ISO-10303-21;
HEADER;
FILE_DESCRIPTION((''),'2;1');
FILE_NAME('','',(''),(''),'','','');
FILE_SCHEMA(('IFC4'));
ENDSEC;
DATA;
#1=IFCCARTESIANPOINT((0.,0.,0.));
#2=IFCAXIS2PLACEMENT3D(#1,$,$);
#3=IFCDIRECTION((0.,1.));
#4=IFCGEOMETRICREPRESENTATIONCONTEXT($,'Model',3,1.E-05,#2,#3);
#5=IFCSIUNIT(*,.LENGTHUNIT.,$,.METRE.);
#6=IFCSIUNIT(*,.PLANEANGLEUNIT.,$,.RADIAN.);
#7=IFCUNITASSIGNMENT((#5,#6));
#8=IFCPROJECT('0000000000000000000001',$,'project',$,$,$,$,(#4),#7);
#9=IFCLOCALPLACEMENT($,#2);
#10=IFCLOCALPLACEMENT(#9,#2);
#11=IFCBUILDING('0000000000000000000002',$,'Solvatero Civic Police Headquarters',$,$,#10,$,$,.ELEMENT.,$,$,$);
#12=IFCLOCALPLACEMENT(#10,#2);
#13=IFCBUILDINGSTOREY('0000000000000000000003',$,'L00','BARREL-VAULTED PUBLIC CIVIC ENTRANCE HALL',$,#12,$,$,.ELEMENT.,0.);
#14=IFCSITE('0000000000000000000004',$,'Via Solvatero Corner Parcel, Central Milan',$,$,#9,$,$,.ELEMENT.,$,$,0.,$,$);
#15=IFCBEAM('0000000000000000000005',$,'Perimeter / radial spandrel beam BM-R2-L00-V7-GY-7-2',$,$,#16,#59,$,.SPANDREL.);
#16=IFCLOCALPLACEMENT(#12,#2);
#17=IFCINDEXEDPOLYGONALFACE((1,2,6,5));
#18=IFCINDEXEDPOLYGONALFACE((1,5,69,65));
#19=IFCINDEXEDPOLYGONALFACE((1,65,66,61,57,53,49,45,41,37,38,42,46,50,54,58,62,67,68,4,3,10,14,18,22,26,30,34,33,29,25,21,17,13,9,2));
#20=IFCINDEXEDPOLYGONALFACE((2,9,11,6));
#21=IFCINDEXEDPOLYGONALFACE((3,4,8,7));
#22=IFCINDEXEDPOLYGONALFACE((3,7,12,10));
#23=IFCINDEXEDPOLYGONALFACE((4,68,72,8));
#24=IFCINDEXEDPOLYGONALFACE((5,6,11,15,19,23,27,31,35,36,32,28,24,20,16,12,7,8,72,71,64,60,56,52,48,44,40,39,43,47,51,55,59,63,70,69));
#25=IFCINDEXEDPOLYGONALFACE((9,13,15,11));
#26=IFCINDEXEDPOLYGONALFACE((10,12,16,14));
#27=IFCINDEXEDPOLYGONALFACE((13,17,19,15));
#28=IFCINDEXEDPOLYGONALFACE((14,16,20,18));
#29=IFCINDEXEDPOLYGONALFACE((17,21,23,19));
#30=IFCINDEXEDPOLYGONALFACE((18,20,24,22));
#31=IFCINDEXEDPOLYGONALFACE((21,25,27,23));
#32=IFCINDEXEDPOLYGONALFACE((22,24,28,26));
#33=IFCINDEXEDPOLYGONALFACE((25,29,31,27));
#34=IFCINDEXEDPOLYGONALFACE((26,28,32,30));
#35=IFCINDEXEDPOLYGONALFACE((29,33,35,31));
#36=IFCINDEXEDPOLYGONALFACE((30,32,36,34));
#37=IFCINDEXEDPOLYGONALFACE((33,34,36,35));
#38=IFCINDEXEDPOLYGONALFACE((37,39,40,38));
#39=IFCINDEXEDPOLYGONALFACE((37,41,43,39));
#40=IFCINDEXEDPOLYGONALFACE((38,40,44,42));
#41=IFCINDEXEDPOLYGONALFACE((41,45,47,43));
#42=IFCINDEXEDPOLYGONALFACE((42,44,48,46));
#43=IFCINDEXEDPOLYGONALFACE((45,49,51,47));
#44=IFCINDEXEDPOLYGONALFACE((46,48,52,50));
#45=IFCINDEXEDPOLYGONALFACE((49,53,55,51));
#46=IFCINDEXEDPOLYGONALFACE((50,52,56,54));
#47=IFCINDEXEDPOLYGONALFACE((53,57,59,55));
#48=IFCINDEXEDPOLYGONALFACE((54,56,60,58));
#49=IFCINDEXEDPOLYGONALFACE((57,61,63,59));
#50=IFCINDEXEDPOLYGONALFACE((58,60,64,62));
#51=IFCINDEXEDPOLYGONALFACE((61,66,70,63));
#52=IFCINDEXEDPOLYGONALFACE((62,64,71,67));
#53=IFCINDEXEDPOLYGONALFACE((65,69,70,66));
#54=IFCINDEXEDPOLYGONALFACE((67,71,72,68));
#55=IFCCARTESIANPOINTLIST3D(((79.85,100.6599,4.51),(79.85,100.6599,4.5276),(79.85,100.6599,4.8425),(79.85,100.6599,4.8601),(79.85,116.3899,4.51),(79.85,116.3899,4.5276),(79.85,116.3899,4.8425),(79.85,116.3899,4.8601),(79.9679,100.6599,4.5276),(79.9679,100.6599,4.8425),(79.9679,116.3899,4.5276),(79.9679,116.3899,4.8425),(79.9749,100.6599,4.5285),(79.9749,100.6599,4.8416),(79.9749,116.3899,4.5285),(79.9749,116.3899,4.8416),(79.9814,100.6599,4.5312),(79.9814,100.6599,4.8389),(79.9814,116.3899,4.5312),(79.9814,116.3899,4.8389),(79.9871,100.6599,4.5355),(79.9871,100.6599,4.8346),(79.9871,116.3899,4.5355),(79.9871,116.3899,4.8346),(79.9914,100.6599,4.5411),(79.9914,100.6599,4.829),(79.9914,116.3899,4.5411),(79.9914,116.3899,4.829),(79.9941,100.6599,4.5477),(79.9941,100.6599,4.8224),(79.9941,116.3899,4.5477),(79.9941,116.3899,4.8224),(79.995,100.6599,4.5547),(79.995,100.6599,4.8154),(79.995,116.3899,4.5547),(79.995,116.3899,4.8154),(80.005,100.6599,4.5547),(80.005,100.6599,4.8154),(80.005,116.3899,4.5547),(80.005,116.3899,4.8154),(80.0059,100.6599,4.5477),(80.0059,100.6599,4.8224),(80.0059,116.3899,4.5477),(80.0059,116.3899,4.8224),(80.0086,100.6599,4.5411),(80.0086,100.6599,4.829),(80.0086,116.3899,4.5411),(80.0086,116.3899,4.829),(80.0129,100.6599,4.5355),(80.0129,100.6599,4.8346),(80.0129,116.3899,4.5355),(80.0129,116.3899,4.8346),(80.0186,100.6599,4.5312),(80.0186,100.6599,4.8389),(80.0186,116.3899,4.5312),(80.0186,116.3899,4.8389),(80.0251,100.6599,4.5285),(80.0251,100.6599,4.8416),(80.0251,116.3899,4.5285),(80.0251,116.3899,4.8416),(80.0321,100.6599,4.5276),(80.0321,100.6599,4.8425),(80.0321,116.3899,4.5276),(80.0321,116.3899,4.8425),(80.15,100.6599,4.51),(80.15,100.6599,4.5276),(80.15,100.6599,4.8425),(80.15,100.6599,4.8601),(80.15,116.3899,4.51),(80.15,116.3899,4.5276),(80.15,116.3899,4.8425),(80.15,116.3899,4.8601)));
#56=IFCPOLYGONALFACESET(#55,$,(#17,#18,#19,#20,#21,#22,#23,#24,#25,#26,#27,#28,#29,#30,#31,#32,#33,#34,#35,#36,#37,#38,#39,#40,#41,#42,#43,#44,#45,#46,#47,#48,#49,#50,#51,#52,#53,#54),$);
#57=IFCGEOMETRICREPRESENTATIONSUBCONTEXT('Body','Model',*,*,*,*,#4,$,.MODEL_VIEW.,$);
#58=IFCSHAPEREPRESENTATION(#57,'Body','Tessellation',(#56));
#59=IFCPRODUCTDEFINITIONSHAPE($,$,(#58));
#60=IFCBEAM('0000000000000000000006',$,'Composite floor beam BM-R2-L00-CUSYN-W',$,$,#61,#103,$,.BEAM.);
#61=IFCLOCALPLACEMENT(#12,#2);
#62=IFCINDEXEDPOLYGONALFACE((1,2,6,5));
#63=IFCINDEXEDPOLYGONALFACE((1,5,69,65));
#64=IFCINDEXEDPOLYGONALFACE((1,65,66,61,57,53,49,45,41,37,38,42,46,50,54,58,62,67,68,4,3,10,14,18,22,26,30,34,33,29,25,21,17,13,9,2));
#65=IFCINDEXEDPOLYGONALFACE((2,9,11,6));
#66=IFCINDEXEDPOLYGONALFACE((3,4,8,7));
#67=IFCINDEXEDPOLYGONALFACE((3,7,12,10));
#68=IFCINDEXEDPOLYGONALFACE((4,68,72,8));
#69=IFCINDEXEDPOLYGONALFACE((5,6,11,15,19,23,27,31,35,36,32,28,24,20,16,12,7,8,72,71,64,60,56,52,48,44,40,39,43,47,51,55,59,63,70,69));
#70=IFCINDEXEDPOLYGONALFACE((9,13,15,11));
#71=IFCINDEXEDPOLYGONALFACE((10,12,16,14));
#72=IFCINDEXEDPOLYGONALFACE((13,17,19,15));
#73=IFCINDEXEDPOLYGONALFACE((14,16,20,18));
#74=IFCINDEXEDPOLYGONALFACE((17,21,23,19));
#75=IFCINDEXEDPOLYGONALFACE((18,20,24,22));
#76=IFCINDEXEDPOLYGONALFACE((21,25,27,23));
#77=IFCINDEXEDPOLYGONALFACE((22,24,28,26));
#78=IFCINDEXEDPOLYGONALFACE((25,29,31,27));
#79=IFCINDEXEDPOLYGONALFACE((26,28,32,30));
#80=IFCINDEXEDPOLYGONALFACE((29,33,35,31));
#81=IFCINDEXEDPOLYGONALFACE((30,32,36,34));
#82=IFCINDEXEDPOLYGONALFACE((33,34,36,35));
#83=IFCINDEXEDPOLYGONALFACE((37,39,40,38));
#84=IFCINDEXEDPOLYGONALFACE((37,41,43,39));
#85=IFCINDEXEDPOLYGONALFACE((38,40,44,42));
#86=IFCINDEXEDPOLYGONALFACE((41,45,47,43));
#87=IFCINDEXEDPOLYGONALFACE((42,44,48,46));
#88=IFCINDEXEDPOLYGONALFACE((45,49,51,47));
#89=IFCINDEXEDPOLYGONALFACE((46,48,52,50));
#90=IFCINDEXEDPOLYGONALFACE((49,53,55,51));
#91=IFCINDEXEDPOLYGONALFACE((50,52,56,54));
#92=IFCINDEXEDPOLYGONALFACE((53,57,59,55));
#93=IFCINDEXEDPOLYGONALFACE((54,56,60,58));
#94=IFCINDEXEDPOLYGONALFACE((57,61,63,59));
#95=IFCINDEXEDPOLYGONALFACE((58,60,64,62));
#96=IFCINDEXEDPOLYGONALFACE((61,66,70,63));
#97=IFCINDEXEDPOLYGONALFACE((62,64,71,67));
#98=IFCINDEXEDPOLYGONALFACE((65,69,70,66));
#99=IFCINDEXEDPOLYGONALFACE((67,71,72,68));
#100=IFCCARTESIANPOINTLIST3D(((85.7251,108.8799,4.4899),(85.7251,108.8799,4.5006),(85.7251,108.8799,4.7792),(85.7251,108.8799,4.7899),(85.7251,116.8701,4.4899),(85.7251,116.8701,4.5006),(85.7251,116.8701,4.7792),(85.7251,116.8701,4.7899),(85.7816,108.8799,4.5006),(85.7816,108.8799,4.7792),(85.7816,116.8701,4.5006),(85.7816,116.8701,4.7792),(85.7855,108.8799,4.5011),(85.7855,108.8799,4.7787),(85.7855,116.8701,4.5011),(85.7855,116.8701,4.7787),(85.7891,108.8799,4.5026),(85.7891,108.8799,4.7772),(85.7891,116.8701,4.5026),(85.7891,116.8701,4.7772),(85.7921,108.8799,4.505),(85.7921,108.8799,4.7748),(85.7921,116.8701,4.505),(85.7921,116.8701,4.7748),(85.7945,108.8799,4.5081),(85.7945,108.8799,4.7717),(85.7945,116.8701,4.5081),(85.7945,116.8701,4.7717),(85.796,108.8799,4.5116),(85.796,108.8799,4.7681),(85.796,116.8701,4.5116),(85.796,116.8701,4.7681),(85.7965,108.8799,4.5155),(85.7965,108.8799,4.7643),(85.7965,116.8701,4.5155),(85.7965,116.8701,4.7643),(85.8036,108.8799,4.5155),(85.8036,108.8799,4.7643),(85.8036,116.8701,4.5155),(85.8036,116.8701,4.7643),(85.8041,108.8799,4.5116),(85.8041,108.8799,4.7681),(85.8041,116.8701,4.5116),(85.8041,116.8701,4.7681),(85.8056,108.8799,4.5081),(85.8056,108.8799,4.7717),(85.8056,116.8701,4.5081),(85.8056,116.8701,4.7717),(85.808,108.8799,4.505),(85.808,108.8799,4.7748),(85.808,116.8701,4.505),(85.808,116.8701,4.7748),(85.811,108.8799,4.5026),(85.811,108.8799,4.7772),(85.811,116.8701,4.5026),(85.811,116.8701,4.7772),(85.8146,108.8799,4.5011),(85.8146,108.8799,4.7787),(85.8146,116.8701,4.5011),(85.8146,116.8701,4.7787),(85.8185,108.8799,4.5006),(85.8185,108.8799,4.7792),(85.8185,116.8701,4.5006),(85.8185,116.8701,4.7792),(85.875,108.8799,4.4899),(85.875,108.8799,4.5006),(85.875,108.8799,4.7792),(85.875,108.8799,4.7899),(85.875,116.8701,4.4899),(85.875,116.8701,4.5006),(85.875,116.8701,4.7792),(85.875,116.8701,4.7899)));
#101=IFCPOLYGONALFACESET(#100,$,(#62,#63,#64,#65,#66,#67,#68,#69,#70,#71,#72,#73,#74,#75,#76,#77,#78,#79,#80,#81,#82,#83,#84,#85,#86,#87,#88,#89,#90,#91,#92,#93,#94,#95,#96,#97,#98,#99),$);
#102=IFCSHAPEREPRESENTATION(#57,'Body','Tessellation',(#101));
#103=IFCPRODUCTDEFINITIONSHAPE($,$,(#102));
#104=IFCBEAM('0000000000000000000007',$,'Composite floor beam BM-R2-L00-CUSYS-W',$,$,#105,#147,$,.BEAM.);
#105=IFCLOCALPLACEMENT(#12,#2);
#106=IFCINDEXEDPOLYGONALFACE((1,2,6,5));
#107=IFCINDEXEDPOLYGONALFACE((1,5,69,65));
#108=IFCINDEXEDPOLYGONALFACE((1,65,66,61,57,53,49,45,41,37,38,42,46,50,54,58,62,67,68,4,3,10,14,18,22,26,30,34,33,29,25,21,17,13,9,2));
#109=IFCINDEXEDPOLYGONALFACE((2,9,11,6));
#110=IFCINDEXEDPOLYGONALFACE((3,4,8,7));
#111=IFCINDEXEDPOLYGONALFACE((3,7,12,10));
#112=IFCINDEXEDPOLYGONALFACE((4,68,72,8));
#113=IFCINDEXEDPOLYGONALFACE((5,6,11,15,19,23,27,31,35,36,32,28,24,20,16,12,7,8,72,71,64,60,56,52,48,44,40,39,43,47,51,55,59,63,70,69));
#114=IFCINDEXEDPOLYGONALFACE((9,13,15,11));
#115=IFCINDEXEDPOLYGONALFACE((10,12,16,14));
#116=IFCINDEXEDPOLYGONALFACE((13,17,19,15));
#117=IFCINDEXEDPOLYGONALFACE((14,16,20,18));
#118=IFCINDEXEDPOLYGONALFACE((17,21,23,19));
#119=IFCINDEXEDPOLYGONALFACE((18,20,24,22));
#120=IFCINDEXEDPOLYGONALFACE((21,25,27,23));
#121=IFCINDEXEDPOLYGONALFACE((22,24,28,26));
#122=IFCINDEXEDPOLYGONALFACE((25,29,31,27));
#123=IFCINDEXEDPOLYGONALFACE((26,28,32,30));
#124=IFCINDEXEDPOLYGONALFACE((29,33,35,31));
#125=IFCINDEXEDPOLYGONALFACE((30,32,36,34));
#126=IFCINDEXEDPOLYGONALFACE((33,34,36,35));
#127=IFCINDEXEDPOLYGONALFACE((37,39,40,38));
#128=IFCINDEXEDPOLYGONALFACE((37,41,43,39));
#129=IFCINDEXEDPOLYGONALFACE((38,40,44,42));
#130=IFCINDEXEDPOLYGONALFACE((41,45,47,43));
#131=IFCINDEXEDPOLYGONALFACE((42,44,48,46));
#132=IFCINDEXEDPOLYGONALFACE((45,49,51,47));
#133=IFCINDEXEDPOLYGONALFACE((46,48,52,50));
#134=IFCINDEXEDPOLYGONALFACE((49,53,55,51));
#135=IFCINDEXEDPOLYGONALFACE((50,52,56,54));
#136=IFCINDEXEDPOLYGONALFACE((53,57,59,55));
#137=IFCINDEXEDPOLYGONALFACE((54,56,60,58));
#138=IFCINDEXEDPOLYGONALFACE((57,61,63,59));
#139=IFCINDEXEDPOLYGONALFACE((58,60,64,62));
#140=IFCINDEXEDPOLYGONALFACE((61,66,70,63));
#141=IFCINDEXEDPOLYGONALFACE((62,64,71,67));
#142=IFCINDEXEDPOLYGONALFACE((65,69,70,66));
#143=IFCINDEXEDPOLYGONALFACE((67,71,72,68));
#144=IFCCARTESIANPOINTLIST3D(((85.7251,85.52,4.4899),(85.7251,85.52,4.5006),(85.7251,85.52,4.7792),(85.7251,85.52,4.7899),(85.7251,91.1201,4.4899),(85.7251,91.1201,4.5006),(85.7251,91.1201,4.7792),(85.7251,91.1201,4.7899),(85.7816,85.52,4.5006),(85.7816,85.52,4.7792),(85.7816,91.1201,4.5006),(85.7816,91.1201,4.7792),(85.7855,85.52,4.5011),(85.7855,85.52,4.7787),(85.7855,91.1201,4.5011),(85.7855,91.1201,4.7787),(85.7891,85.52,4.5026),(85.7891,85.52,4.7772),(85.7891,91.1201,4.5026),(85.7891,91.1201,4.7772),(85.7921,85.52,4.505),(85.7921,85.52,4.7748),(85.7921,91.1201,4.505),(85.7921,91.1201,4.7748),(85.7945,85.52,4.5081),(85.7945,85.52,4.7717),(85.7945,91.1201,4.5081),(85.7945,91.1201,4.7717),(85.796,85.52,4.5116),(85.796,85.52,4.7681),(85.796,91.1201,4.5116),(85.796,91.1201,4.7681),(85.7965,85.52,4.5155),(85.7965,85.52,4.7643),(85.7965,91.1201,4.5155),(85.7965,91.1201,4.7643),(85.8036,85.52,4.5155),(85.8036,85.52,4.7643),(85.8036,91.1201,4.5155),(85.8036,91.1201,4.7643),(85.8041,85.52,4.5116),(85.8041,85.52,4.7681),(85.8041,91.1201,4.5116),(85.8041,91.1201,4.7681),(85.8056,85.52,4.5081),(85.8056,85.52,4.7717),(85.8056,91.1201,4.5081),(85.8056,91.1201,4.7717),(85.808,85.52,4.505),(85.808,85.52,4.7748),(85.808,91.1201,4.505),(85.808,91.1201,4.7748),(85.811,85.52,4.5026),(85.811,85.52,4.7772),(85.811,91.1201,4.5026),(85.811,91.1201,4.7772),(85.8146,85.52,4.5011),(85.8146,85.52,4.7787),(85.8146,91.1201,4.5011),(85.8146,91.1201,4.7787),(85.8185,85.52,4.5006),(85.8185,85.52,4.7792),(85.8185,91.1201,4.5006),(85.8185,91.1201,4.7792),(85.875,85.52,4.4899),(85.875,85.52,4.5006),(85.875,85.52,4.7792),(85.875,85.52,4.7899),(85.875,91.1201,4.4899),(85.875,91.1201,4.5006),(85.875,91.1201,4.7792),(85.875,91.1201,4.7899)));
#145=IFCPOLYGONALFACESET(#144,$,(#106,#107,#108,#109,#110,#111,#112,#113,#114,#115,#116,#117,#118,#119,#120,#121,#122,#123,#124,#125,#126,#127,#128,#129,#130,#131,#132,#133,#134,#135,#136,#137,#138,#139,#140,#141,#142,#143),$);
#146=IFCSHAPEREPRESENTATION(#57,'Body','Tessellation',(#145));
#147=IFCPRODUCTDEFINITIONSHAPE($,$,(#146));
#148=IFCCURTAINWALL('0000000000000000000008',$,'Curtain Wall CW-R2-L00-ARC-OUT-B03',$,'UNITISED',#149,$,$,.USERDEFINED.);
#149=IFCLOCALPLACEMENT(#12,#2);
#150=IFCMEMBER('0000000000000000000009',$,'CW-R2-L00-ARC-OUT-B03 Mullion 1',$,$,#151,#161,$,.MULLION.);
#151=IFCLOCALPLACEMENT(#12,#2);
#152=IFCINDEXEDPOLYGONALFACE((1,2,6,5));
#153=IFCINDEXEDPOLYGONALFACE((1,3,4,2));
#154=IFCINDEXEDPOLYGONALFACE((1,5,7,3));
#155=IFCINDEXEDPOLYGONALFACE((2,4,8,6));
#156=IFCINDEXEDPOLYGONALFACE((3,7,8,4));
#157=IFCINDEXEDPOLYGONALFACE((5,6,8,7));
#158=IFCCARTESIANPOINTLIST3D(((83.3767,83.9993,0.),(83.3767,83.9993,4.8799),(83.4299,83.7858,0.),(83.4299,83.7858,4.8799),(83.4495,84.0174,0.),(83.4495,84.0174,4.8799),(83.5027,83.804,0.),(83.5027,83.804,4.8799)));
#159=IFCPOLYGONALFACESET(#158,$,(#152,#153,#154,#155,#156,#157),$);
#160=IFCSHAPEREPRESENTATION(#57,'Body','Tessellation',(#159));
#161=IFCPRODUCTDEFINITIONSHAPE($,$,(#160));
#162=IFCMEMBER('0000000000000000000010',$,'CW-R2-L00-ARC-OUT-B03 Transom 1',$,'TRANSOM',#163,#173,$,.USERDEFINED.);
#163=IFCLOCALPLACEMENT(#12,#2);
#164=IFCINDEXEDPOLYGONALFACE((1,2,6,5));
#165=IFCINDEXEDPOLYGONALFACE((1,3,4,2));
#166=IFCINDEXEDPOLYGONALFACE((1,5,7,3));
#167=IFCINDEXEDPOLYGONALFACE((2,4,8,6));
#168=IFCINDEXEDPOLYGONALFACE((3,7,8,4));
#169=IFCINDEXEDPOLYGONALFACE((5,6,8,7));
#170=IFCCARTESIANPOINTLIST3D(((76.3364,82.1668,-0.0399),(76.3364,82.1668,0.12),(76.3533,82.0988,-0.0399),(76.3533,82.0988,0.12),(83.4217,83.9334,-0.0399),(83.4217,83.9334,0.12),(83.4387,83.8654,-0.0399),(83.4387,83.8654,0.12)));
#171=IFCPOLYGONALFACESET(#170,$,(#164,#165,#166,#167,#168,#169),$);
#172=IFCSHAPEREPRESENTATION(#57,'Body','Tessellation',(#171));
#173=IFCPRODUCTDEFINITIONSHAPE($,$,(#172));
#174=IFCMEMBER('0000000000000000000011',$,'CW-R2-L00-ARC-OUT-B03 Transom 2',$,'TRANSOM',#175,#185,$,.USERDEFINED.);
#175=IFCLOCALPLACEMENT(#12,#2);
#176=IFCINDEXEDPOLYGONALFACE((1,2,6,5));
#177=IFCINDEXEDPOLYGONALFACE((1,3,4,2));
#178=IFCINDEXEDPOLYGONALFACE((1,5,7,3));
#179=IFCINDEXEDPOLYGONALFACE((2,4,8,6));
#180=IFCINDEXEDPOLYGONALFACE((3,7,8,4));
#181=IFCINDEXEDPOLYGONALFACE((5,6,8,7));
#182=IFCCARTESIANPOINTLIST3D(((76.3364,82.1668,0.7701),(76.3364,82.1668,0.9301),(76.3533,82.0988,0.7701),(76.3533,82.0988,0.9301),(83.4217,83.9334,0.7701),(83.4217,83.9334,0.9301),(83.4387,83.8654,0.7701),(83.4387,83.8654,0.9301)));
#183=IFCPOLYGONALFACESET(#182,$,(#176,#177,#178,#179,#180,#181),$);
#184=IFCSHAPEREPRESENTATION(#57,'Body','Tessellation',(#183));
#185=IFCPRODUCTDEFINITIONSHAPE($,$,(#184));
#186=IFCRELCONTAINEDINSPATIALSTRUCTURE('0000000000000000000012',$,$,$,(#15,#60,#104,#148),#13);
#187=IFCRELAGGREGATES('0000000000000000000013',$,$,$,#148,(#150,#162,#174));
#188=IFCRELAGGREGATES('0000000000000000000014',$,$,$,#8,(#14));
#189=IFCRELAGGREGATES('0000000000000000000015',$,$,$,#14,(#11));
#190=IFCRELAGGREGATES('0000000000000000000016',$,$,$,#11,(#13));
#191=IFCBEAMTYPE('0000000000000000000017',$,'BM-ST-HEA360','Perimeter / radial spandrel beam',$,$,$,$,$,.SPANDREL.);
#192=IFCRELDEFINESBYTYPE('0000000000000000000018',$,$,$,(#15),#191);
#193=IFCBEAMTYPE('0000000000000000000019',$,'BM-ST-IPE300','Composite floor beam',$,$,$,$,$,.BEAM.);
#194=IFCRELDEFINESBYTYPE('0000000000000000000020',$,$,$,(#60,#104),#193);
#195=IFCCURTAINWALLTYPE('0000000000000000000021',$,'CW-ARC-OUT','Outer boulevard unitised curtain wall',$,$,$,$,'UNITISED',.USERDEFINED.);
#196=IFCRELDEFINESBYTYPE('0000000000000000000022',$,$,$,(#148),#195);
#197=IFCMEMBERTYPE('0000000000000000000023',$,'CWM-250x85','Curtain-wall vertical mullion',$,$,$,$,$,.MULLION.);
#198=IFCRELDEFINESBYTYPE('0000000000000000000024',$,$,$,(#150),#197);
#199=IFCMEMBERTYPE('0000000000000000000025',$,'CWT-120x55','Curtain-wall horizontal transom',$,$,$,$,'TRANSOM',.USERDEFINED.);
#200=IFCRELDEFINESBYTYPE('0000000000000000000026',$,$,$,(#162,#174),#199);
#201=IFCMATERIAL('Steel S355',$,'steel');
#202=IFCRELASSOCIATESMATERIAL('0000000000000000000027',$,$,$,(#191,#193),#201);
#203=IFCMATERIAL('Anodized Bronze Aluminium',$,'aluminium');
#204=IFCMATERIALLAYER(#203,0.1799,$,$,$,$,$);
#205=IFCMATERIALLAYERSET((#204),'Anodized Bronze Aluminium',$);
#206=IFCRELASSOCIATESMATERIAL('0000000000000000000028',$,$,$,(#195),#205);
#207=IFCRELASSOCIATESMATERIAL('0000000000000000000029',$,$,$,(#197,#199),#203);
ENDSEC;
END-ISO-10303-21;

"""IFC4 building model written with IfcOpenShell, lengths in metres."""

from ifc_helpers import new_model, si_unit, direction, frame, origin, origin_2d, place, context, subcontext, project, spatial, rectangle, i_section, extrude, material, layer, layer_set, material_profile, profile_set, type_object, element, aggregate, save


model = new_model("IFC4")

# Units and contexts
model_context = context("Model", 3, precision=1e-05, world=origin(), true_north=direction((0.0, 1.0)))
body_context = subcontext(model_context, "Body", "Model", "MODEL_VIEW")
ifc_project = project(units=[si_unit("LENGTHUNIT", "METRE"), si_unit("PLANEANGLEUNIT", "RADIAN")], contexts=[model_context])

# Site, building, storey
site_placement = place(None, origin())
site = spatial("IfcSite", under=ifc_project, at=site_placement, Name="Via Solvatero Corner Parcel, Central Milan", CompositionType="ELEMENT", RefElevation=0.0)
building_placement = place(site_placement, origin())
building = spatial("IfcBuilding", under=site, at=building_placement, Name="Solvatero Civic Police Headquarters", CompositionType="ELEMENT")
storey_placement = place(building_placement, origin())
storey = spatial("IfcBuildingStorey", under=building, at=storey_placement, Name="L00", Description="BARREL-VAULTED PUBLIC CIVIC ENTRANCE HALL", CompositionType="ELEMENT", Elevation=0.0)

# Beams
ifc_material_1 = material(Name="Steel S355", Category="steel")
ifc_material_profile_1 = material_profile(ifc_material_1, i_section(OverallWidth=0.3, OverallDepth=0.3501, WebThickness=0.01, FlangeThickness=0.0176, FilletRadius=0.0271, at=origin_2d()), Name="HEA 360")
ifc_profile_set_1 = profile_set([ifc_material_profile_1], Name="Steel S355")
beam_type_1 = type_object("IfcBeamType", Name="BM-ST-HEA360", Description="Perimeter / radial spandrel beam", PredefinedType="SPANDREL", material=ifc_profile_set_1)
beam_1_placement = place(storey_placement, frame((80.0, 100.6599, 4.6851), z_axis=(0.0, 1.0, 0.0), x_axis=(-1.0, 0.0, 0.0)))
element("IfcBeam", 1, at=beam_1_placement, inside=storey, type_object=beam_type_1, Name="Perimeter / radial spandrel beam BM-R2-L00-V7-GY-7-2", PredefinedType="SPANDREL", context=body_context, shape_type="SweptSolid", body=[
    extrude(i_section(OverallWidth=0.3, OverallDepth=0.3501, WebThickness=0.01, FlangeThickness=0.0176, FilletRadius=0.0271, at=origin_2d()), origin(), (0.0, 0.0, 1.0), 15.73),
])
ifc_material_profile_2 = material_profile(ifc_material_1, i_section(OverallWidth=0.1499, OverallDepth=0.3, WebThickness=0.0071, FlangeThickness=0.0107, FilletRadius=0.0149, at=origin_2d()), Name="IPE 300")
ifc_profile_set_2 = profile_set([ifc_material_profile_2], Name="Steel S355")
beam_type_2 = type_object("IfcBeamType", Name="BM-ST-IPE300", Description="Composite floor beam", PredefinedType="BEAM", material=ifc_profile_set_2)
beam_2_placement = place(storey_placement, frame((85.8, 108.8799, 4.6399), z_axis=(0.0, 1.0, 0.0), x_axis=(-1.0, 0.0, 0.0)))
element("IfcBeam", 2, at=beam_2_placement, inside=storey, type_object=beam_type_2, Name="Composite floor beam BM-R2-L00-CUSYN-W", PredefinedType="BEAM", context=body_context, shape_type="SweptSolid", body=[
    extrude(i_section(OverallWidth=0.1499, OverallDepth=0.3, WebThickness=0.0071, FlangeThickness=0.0107, FilletRadius=0.0149, at=origin_2d()), origin(), (0.0, 0.0, 1.0), 7.9902),
])
beam_3_placement = place(storey_placement, frame((85.8, 85.52, 4.6399), z_axis=(0.0, 1.0, 0.0), x_axis=(-1.0, 0.0, 0.0)))
element("IfcBeam", 3, at=beam_3_placement, inside=storey, type_object=beam_type_2, Name="Composite floor beam BM-R2-L00-CUSYS-W", PredefinedType="BEAM", context=body_context, shape_type="SweptSolid", body=[
    extrude(i_section(OverallWidth=0.1499, OverallDepth=0.3, WebThickness=0.0071, FlangeThickness=0.0107, FilletRadius=0.0149, at=origin_2d()), origin(), (0.0, 0.0, 1.0), 5.6001),
])

# Curtain wall, members
ifc_material_2 = material(Name="Anodized Bronze Aluminium", Category="aluminium")
ifc_layer_1 = layer(ifc_material_2, 0.1799)
ifc_layer_set_1 = layer_set([ifc_layer_1], Name="Anodized Bronze Aluminium")
curtain_wall_type = type_object("IfcCurtainWallType", Name="CW-ARC-OUT", Description="Outer boulevard unitised curtain wall", ElementType="UNITISED", PredefinedType="USERDEFINED", material=ifc_layer_set_1)
curtain_wall_placement = place(storey_placement, origin())
curtain_wall = element("IfcCurtainWall", 4, at=curtain_wall_placement, inside=storey, type_object=curtain_wall_type, Name="Curtain Wall CW-R2-L00-ARC-OUT-B03", ObjectType="UNITISED", PredefinedType="USERDEFINED")
ifc_material_profile_3 = material_profile(ifc_material_2, rectangle(XDim=0.075, YDim=0.22, at=origin_2d()), Name="ALU MULLION 75x220")
ifc_profile_set_3 = profile_set([ifc_material_profile_3], Name="Anodized Bronze Aluminium")
member_type_1 = type_object("IfcMemberType", Name="CWM-250x85", Description="Curtain-wall vertical mullion", PredefinedType="MULLION", material=ifc_profile_set_3)
member_1_placement = place(storey_placement, frame((83.4397, 83.9016, 0.0), z_axis=(0.0, 0.0, 1.0), x_axis=(-0.970296, -0.241922, 0.0)))
member_1 = element("IfcMember", 5, at=member_1_placement, type_object=member_type_1, Name="CW-R2-L00-ARC-OUT-B03 Mullion 1", PredefinedType="MULLION", context=body_context, shape_type="SweptSolid", body=[
    extrude(rectangle(XDim=0.075, YDim=0.22, at=origin_2d()), origin(), (0.0, 0.0, 1.0), 4.8799),
])
ifc_material_profile_4 = material_profile(ifc_material_2, rectangle(XDim=0.0701, YDim=0.1599, at=origin_2d()), Name="ALU TRANSOM 70x160")
ifc_profile_set_4 = profile_set([ifc_material_profile_4], Name="Anodized Bronze Aluminium")
member_type_2 = type_object("IfcMemberType", Name="CWT-120x55", Description="Curtain-wall horizontal transom", ElementType="TRANSOM", PredefinedType="USERDEFINED", material=ifc_profile_set_4)
member_2_placement = place(storey_placement, frame((83.4302, 83.8994, 0.04), z_axis=(-0.970296, -0.241922, 0.0), x_axis=(0.241922, -0.970296, 0.0)))
member_2 = element("IfcMember", 6, at=member_2_placement, type_object=member_type_2, Name="CW-R2-L00-ARC-OUT-B03 Transom 1", ObjectType="TRANSOM", PredefinedType="USERDEFINED", context=body_context, shape_type="SweptSolid", body=[
    extrude(rectangle(XDim=0.0701, YDim=0.1599, at=origin_2d()), origin(), (0.0, 0.0, 1.0), 7.3022),
])
member_3_placement = place(storey_placement, frame((83.4302, 83.8994, 0.8501), z_axis=(-0.970296, -0.241922, 0.0), x_axis=(0.241922, -0.970296, 0.0)))
member_3 = element("IfcMember", 7, at=member_3_placement, type_object=member_type_2, Name="CW-R2-L00-ARC-OUT-B03 Transom 2", ObjectType="TRANSOM", PredefinedType="USERDEFINED", context=body_context, shape_type="SweptSolid", body=[
    extrude(rectangle(XDim=0.0701, YDim=0.1599, at=origin_2d()), origin(), (0.0, 0.0, 1.0), 7.3022),
])
aggregate(curtain_wall, [member_1, member_2, member_3])

save(model, "model.ifc")
